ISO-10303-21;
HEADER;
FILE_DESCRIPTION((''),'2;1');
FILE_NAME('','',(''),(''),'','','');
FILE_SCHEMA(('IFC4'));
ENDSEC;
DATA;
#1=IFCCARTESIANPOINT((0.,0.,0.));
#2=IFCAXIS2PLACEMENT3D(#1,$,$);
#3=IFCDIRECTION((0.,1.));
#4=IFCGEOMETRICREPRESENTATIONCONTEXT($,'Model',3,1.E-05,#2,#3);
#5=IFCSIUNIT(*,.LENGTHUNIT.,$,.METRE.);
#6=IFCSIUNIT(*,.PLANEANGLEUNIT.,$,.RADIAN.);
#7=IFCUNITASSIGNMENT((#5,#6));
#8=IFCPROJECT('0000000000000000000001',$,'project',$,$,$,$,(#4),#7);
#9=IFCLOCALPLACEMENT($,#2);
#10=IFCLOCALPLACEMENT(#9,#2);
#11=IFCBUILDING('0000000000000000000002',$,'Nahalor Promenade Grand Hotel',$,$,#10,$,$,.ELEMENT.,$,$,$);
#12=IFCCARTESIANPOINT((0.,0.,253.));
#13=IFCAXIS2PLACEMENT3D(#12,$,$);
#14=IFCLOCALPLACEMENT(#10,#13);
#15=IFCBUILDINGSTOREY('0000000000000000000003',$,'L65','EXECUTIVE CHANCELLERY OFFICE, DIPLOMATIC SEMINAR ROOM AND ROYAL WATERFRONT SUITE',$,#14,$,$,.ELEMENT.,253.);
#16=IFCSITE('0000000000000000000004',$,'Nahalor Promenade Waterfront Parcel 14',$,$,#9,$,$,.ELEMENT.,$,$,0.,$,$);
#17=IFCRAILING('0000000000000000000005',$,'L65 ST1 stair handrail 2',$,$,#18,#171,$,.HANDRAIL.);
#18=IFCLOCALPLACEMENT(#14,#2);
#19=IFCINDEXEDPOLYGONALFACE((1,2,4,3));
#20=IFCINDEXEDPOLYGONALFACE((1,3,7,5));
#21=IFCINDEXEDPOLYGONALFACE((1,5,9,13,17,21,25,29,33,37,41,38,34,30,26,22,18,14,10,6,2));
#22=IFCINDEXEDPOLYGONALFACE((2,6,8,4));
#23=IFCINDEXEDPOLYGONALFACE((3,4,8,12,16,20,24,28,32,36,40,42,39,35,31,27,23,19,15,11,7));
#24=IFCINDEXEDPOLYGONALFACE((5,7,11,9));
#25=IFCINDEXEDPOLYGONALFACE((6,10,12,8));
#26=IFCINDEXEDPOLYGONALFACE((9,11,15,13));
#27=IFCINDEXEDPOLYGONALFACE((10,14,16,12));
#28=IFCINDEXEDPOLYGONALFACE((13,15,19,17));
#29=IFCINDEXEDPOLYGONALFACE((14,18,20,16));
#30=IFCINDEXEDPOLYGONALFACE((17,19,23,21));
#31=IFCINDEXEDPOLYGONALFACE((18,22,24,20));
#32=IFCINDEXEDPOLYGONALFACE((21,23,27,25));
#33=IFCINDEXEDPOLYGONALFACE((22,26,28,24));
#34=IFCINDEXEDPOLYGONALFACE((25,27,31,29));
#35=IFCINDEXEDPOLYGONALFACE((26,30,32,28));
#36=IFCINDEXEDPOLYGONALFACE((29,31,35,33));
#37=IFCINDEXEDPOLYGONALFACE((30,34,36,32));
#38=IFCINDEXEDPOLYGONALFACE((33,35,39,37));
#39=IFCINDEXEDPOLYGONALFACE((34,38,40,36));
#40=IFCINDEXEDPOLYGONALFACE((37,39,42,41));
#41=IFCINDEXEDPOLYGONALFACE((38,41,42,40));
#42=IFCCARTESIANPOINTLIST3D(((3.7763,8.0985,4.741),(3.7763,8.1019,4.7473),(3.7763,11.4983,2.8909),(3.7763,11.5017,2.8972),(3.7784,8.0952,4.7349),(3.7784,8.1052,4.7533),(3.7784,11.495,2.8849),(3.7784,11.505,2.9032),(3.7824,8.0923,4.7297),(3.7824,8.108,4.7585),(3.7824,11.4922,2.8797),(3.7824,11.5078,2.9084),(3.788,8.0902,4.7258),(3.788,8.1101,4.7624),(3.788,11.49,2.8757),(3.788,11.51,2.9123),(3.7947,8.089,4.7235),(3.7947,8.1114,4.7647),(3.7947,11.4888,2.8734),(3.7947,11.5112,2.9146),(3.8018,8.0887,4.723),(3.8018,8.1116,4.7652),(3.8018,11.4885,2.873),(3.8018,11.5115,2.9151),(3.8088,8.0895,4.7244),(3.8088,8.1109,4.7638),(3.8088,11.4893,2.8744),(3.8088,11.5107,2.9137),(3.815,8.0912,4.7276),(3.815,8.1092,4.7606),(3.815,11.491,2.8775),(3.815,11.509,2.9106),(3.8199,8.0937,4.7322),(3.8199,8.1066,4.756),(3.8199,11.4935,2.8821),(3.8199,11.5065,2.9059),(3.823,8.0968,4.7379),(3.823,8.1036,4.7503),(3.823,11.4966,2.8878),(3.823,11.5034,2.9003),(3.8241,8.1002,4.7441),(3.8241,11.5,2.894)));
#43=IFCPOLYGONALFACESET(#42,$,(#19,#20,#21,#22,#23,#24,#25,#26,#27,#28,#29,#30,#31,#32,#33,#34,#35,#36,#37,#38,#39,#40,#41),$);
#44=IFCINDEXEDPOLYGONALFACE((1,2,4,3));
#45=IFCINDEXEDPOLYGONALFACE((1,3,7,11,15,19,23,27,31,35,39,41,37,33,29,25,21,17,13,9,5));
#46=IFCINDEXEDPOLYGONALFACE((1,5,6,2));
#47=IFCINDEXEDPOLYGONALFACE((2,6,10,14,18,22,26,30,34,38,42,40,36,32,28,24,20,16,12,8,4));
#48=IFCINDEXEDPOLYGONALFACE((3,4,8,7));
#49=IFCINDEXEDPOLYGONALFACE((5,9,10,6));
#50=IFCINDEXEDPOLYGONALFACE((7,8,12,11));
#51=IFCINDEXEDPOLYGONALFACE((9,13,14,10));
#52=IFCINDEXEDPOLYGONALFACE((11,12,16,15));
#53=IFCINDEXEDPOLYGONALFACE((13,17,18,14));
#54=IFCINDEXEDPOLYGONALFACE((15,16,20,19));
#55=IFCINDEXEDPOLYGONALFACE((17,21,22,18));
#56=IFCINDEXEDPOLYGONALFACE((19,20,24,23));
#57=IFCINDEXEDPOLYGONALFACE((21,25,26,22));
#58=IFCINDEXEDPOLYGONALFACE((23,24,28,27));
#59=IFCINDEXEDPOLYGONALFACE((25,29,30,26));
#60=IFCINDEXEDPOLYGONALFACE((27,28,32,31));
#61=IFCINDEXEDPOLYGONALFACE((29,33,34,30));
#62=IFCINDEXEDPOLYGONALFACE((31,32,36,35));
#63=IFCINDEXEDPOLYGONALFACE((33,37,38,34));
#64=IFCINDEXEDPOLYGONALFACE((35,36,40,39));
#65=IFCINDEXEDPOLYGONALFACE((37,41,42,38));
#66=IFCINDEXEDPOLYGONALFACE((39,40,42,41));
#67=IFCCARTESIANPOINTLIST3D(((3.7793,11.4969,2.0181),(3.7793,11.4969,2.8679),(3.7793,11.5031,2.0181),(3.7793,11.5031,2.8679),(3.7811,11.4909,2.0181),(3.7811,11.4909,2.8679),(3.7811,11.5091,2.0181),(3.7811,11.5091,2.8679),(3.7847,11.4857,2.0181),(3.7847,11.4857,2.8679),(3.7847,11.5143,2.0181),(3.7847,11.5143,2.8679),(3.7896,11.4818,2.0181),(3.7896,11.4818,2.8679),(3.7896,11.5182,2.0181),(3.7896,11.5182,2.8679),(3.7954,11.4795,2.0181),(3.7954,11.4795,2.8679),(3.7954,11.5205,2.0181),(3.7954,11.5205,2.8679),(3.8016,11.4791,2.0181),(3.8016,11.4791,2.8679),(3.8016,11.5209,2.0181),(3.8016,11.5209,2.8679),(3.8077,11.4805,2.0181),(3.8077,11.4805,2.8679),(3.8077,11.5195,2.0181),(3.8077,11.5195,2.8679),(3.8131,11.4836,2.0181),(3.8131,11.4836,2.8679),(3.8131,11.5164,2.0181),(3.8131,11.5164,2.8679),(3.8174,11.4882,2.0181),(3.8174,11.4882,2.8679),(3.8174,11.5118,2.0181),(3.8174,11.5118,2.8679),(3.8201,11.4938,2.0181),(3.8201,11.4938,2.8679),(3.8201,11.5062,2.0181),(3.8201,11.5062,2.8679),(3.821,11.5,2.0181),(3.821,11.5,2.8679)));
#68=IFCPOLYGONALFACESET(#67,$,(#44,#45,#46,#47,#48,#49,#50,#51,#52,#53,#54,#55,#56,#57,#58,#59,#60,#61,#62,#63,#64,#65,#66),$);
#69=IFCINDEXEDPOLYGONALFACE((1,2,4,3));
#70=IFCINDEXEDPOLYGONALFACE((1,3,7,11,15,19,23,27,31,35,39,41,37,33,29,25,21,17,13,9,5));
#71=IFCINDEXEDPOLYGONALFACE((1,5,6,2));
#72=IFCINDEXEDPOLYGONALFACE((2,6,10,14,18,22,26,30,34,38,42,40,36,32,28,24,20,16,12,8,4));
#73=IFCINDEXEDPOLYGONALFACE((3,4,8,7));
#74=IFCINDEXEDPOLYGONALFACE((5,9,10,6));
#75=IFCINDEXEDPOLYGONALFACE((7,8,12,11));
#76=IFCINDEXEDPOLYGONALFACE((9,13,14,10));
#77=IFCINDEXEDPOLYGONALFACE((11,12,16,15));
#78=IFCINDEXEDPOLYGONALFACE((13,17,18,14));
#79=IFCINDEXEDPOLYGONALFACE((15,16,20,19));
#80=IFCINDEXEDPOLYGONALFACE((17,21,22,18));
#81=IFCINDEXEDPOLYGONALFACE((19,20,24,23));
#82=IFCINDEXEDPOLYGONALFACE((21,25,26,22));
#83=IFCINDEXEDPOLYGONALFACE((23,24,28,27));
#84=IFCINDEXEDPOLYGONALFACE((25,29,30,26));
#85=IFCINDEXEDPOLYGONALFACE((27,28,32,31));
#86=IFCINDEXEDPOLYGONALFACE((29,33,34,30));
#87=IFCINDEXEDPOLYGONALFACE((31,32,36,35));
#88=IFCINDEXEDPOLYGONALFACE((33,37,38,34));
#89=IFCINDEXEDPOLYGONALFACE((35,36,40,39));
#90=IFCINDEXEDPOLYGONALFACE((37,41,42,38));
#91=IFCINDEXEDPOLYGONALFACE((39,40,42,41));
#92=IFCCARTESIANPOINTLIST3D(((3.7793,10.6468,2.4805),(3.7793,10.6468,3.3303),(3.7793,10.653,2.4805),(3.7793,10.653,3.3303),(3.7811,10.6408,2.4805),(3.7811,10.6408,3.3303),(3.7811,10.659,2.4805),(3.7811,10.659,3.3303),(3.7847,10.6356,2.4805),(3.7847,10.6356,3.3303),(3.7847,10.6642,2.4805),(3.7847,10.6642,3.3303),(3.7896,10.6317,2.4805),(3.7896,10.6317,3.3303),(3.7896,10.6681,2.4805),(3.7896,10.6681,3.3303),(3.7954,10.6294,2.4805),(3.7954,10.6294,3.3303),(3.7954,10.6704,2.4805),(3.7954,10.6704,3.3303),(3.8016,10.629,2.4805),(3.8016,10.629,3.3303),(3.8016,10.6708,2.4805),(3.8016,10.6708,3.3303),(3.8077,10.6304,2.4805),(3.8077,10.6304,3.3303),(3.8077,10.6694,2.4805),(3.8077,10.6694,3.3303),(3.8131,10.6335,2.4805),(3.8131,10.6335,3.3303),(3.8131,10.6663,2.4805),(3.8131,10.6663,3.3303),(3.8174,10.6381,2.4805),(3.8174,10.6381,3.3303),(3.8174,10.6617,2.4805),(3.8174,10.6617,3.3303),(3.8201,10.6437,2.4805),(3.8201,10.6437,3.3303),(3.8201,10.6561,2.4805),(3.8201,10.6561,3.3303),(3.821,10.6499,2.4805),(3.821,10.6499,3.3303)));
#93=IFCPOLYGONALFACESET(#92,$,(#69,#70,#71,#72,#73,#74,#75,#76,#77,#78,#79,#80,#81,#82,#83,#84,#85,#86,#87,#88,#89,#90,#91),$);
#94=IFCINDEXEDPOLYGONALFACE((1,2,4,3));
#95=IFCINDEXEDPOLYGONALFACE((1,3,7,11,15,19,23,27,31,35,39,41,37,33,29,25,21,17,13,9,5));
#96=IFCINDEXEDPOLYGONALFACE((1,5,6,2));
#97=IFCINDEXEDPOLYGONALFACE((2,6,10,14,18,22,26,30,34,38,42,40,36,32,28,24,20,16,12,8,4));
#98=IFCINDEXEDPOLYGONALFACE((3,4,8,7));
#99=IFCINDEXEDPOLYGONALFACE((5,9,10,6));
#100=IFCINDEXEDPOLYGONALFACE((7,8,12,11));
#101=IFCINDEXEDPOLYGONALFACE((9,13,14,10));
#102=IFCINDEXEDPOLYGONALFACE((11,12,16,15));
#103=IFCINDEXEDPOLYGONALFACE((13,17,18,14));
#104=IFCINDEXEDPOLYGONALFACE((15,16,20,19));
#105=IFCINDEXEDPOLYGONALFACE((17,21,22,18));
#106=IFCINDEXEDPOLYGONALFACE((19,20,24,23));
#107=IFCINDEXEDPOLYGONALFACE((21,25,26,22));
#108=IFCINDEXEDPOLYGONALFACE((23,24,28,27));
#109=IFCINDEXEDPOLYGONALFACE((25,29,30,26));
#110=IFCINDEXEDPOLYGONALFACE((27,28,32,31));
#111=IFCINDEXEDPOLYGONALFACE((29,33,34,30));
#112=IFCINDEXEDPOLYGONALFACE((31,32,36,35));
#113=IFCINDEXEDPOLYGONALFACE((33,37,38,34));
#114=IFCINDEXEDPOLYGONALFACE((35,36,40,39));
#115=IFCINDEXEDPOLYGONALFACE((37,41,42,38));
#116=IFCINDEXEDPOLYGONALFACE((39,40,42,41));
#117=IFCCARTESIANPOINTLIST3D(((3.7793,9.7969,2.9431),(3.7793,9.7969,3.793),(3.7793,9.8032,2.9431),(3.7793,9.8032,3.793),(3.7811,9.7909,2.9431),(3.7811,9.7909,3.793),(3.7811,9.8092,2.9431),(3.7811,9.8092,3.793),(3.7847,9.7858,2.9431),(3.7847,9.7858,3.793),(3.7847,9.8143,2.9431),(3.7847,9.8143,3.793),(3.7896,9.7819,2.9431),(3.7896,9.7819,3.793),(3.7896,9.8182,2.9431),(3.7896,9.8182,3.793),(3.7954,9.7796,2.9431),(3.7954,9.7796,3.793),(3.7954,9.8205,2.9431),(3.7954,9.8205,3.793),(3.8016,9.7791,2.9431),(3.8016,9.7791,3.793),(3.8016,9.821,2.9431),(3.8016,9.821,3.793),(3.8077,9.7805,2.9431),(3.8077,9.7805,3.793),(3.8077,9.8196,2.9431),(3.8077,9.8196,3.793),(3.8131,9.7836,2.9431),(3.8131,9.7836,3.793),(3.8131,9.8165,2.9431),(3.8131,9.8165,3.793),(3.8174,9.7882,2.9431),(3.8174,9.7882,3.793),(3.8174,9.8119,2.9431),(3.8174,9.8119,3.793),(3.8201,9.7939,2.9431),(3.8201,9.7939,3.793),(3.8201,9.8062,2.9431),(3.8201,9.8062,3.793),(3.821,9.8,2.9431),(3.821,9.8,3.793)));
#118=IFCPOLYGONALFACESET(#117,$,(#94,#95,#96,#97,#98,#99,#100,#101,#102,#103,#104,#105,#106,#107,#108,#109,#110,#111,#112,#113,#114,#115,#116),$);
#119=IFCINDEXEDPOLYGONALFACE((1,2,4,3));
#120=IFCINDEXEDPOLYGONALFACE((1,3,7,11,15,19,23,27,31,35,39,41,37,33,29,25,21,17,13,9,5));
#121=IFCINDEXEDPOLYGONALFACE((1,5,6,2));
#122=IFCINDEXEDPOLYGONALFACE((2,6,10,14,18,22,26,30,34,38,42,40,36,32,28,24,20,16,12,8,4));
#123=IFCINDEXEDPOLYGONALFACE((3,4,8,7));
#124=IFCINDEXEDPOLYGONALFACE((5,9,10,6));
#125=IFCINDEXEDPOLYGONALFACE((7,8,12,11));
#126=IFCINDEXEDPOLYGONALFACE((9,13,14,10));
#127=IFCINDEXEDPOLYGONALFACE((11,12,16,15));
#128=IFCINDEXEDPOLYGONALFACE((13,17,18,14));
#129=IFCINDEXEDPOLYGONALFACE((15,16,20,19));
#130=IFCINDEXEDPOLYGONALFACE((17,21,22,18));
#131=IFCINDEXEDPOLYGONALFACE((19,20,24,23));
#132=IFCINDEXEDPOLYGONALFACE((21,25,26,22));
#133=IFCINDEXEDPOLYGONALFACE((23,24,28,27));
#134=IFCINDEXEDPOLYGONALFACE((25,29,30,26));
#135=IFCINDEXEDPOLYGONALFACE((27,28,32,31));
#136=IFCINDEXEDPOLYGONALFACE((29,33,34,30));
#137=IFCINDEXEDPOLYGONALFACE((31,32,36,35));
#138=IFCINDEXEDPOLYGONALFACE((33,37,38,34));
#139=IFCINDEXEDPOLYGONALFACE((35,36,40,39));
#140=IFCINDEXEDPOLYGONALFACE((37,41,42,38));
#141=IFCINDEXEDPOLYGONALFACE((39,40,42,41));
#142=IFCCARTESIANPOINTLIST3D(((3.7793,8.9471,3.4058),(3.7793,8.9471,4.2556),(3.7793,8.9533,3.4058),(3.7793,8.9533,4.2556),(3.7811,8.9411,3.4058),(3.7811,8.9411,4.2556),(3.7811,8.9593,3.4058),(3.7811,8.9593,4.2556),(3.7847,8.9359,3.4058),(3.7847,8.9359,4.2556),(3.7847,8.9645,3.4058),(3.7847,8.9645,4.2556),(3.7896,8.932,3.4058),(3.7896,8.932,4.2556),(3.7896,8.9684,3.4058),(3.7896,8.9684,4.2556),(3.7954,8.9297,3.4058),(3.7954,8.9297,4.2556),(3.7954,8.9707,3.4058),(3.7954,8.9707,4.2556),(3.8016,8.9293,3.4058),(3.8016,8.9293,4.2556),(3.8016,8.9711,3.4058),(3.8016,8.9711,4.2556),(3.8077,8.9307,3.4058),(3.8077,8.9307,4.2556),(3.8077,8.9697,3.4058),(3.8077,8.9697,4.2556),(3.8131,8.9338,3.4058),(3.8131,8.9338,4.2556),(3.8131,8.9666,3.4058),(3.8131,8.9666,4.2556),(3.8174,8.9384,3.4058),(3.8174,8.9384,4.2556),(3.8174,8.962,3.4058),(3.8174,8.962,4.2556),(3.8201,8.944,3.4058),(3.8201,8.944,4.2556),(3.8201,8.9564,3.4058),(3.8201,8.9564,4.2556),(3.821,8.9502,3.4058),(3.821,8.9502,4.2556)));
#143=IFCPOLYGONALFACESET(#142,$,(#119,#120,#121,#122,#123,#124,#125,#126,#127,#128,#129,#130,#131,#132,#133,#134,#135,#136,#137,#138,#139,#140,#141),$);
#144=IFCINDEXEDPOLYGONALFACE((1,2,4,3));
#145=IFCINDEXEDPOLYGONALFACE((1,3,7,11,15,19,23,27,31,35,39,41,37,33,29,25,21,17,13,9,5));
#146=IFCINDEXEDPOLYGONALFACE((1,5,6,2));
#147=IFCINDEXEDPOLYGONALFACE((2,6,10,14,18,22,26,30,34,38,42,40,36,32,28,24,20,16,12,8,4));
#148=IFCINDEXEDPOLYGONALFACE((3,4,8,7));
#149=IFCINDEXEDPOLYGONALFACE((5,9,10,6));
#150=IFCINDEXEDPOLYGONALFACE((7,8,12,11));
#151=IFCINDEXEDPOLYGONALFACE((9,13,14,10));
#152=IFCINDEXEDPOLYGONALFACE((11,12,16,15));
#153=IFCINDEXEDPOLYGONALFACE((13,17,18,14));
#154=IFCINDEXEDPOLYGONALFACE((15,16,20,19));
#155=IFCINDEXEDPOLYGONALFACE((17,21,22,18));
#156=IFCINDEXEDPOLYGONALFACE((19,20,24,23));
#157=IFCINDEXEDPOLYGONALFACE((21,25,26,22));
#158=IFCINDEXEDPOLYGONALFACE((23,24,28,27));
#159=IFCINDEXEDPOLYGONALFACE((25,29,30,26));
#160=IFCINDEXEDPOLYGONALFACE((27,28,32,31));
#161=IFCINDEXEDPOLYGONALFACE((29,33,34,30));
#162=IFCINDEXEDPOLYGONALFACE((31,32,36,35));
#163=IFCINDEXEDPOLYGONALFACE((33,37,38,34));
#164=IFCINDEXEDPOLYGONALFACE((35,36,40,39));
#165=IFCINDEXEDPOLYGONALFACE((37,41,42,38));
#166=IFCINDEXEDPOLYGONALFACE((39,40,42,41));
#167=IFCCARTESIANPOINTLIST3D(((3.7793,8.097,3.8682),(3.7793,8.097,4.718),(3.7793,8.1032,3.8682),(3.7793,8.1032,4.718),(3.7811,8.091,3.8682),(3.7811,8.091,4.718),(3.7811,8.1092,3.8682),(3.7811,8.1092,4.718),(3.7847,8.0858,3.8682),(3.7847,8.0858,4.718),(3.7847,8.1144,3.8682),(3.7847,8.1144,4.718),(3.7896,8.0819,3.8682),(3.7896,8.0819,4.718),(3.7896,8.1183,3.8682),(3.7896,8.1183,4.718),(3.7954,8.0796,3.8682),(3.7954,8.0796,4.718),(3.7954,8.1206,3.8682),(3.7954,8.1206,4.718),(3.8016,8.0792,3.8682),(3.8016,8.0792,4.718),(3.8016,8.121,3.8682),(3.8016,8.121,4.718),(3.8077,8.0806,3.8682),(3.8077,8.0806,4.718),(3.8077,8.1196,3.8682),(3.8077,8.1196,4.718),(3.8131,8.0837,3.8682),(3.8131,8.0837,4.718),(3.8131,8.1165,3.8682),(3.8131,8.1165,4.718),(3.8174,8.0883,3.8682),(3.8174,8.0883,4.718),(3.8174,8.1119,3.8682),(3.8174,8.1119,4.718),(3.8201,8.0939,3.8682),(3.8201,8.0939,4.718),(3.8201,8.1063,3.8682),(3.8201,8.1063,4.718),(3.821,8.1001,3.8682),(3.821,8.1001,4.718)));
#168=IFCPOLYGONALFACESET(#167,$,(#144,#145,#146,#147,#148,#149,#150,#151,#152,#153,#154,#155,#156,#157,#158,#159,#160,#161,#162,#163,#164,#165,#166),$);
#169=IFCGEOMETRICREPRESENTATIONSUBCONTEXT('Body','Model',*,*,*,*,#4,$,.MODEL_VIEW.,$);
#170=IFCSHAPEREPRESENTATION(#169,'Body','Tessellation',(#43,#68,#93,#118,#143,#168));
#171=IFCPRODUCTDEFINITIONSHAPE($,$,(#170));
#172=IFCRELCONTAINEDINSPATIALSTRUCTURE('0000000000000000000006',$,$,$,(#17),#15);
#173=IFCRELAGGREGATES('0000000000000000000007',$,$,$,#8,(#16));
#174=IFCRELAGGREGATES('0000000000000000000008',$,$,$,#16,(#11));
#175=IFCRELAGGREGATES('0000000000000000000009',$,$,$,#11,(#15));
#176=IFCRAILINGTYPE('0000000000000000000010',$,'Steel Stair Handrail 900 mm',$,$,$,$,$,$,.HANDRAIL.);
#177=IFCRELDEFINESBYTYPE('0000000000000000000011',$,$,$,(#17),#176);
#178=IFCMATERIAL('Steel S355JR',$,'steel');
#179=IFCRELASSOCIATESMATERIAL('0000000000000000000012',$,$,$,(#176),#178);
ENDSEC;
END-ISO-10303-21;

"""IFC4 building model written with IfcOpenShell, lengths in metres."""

from ifc_helpers import new_model, si_unit, direction, frame, origin, origin_2d, place, context, subcontext, project, spatial, circle, extrude, material, type_object, element, save


model = new_model("IFC4")

# Units and contexts
model_context = context("Model", 3, precision=1e-05, world=origin(), true_north=direction((0.0, 1.0)))
body_context = subcontext(model_context, "Body", "Model", "MODEL_VIEW")
ifc_project = project(units=[si_unit("LENGTHUNIT", "METRE"), si_unit("PLANEANGLEUNIT", "RADIAN")], contexts=[model_context])

# Site, building, storey
site_placement = place(None, origin())
site = spatial("IfcSite", under=ifc_project, at=site_placement, Name="Nahalor Promenade Waterfront Parcel 14", CompositionType="ELEMENT", RefElevation=0.0)
building_placement = place(site_placement, origin())
building = spatial("IfcBuilding", under=site, at=building_placement, Name="Nahalor Promenade Grand Hotel", CompositionType="ELEMENT")
storey_placement = place(building_placement, frame((0.0, 0.0, 253.0)))
storey = spatial("IfcBuildingStorey", under=building, at=storey_placement, Name="L65", Description="EXECUTIVE CHANCELLERY OFFICE, DIPLOMATIC SEMINAR ROOM AND ROYAL WATERFRONT SUITE", CompositionType="ELEMENT", Elevation=253.0)

# Shared definitions
ifc_material_1 = material(Name="Steel S355JR", Category="steel")

# Railing
railing_type = type_object("IfcRailingType", Name="Steel Stair Handrail 900 mm", PredefinedType="HANDRAIL", material=ifc_material_1)
railing_placement = place(storey_placement, frame((3.8, 11.5, 2.0181)))
element("IfcRailing", 1, at=railing_placement, inside=storey, type_object=railing_type, Name="L65 ST1 stair handrail 2", PredefinedType="HANDRAIL", context=body_context, shape_type="SweptSolid", body=[
    extrude(circle(Radius=0.024, at=origin_2d()), frame((0.0, 0.0, 0.876), z_axis=(0.0, -0.878372, 0.477977), x_axis=(1.0, 0.0, 0.0)), (0.0, 0.0, 1.0), 3.8706),
    extrude(circle(Radius=0.021, at=origin_2d()), origin(), (0.0, 0.0, 1.0), 0.8499),
    extrude(circle(Radius=0.021, at=origin_2d()), frame((0.0, -0.8501, 0.4624)), (0.0, 0.0, 1.0), 0.8499),
    extrude(circle(Radius=0.021, at=origin_2d()), frame((0.0, -1.7, 0.925)), (0.0, 0.0, 1.0), 0.8499),
    extrude(circle(Radius=0.021, at=origin_2d()), frame((0.0, -2.5498, 1.3877)), (0.0, 0.0, 1.0), 0.8499),
    extrude(circle(Radius=0.021, at=origin_2d()), frame((0.0, -3.3999, 1.8501)), (0.0, 0.0, 1.0), 0.8499),
])

save(model, "model.ifc")
